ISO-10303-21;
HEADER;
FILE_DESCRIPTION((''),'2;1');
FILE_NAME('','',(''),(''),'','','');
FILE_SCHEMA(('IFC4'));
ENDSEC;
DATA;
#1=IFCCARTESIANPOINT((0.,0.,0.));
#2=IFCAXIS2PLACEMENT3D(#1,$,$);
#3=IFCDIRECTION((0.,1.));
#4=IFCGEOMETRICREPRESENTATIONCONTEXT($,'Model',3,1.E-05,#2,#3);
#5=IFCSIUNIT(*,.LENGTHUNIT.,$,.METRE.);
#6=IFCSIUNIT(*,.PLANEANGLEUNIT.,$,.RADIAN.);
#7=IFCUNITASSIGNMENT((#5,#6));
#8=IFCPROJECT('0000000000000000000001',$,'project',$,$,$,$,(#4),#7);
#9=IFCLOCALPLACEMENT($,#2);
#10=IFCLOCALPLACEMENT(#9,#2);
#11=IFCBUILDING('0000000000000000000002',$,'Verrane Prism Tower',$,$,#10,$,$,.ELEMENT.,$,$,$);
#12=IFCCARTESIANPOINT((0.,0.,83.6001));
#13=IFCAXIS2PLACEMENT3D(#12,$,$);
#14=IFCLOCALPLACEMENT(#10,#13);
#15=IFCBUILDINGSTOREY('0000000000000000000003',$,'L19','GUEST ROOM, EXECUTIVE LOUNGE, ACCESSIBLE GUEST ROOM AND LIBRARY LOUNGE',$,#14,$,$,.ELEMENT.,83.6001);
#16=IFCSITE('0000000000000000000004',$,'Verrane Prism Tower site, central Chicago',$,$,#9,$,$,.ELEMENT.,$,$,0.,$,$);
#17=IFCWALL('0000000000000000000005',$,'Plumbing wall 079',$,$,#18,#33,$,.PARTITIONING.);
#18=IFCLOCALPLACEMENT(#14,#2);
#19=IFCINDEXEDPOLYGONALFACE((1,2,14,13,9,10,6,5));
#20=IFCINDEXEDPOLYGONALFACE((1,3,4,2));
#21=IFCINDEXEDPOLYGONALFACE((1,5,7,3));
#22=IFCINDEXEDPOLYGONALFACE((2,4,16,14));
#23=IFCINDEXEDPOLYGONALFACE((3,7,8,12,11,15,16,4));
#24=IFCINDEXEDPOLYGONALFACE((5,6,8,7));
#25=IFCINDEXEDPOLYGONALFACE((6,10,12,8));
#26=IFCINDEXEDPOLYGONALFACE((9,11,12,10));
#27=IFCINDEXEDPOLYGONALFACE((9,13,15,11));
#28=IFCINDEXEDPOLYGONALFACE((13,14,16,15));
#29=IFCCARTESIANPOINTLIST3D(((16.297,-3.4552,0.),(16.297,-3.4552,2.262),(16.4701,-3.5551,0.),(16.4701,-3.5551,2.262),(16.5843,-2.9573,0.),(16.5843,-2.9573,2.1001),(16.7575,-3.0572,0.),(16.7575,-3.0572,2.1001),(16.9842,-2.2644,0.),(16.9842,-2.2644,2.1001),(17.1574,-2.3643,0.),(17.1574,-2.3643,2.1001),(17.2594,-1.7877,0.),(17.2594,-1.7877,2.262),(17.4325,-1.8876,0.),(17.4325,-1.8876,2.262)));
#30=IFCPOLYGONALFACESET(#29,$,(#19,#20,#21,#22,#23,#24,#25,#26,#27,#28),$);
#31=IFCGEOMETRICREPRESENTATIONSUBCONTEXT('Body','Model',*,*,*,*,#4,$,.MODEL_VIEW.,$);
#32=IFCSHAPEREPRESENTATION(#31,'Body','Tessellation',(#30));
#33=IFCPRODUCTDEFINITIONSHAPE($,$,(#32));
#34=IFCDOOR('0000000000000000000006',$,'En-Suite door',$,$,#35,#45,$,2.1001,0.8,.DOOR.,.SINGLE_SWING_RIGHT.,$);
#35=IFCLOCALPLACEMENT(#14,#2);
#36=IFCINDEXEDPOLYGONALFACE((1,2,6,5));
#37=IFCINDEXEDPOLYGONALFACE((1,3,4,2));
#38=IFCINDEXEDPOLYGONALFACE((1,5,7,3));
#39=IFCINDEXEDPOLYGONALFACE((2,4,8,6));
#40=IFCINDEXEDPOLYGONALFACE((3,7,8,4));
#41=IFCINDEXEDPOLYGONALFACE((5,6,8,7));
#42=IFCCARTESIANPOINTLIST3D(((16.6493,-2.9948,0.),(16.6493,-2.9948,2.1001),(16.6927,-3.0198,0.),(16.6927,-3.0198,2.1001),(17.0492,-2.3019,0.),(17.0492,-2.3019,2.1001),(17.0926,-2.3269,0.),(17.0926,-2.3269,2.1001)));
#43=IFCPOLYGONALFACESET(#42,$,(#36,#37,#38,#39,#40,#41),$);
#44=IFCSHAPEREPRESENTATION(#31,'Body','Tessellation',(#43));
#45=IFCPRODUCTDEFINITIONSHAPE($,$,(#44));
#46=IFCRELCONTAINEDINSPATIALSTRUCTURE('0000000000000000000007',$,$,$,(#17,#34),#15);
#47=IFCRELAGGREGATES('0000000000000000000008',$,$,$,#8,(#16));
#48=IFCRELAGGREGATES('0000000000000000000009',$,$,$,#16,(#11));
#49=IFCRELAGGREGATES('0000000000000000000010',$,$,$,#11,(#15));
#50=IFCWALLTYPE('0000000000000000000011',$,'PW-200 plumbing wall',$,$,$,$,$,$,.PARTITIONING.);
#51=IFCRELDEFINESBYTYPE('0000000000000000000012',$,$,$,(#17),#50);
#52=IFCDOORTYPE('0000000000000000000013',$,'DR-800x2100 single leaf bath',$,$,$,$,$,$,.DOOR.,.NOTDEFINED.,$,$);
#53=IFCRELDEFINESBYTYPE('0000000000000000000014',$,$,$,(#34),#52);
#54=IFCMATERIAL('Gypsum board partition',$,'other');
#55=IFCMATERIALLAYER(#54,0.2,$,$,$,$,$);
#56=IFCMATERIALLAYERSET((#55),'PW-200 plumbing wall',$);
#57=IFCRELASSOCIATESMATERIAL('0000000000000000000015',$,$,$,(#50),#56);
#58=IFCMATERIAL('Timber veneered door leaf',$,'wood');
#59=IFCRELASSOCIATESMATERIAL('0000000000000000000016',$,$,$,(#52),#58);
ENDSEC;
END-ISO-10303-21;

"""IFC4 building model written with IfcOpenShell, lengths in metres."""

from ifc_helpers import new_model, si_unit, direction, frame, frame_2d, origin, place, context, subcontext, project, spatial, rectangle, extrude, material, layer, layer_set, type_object, element, fill, save


model = new_model("IFC4")

# Units and contexts
model_context = context("Model", 3, precision=1e-05, world=origin(), true_north=direction((0.0, 1.0)))
body_context = subcontext(model_context, "Body", "Model", "MODEL_VIEW")
ifc_project = project(units=[si_unit("LENGTHUNIT", "METRE"), si_unit("PLANEANGLEUNIT", "RADIAN")], contexts=[model_context])

# Site, building, storey
site_placement = place(None, origin())
site = spatial("IfcSite", under=ifc_project, at=site_placement, Name="Verrane Prism Tower site, central Chicago", CompositionType="ELEMENT", RefElevation=0.0)
building_placement = place(site_placement, origin())
building = spatial("IfcBuilding", under=site, at=building_placement, Name="Verrane Prism Tower", CompositionType="ELEMENT")
storey_placement = place(building_placement, frame((0.0, 0.0, 83.6001)))
storey = spatial("IfcBuildingStorey", under=building, at=storey_placement, Name="L19", Description="GUEST ROOM, EXECUTIVE LOUNGE, ACCESSIBLE GUEST ROOM AND LIBRARY LOUNGE", CompositionType="ELEMENT", Elevation=83.6001)

# Shared definitions
ifc_material_1 = material(Name="Gypsum board partition", Category="other")
ifc_layer_1 = layer(ifc_material_1, 0.2)
ifc_layer_set_1 = layer_set([ifc_layer_1], Name="PW-200 plumbing wall")
wall_type_1 = type_object("IfcWallType", Name="PW-200 plumbing wall", PredefinedType="PARTITIONING", material=ifc_layer_set_1)
ifc_material_2 = material(Name="Timber veneered door leaf", Category="wood")
door_type = type_object("IfcDoorType", Name="DR-800x2100 single leaf bath", OperationType="NOTDEFINED", PredefinedType="DOOR", material=ifc_material_2)

# Wall, opening, door
wall_1_placement = place(storey_placement, frame((16.3835, -3.5051, 0.0), z_axis=(0.0, 0.0, 1.0), x_axis=(0.499876, 0.866097, 0.0)))
wall_1 = element("IfcWall", 1, at=wall_1_placement, inside=storey, type_object=wall_type_1, Name="Plumbing wall 079", PredefinedType="PARTITIONING", context=body_context, shape_type="SweptSolid", body=[
    extrude(rectangle(XDim=1.9253, YDim=0.2, at=frame_2d((0.9626, 0.0))), origin(), (0.0, 0.0, 1.0), 2.262),
])
opening_1_placement = place(wall_1_placement, frame((0.575, 0.0, 0.0)))
opening_1 = element("IfcOpeningElement", 2, at=opening_1_placement, cuts=wall_1, PredefinedType="OPENING", context=body_context, shape_type="SweptSolid", body=[
    extrude(rectangle(XDim=0.8, YDim=2.1001, at=frame_2d((0.3999, 1.05))), frame((0.0, 0.1099, 0.0), z_axis=(0.0, -1.0, 0.0), x_axis=(1.0, 0.0, 0.0)), (0.0, 0.0, 1.0), 0.22),
])
door_1_placement = place(opening_1_placement, origin())
door_1 = element("IfcDoor", 3, at=door_1_placement, inside=storey, type_object=door_type, Name="En-Suite door", OperationType="SINGLE_SWING_RIGHT", OverallHeight=2.1001, OverallWidth=0.8, PredefinedType="DOOR", context=body_context, shape_type="SweptSolid", body=[
    extrude(rectangle(XDim=0.8, YDim=2.1001, at=frame_2d((0.3999, 1.05))), frame((0.0, 0.0249, 0.0), z_axis=(0.0, -1.0, 0.0), x_axis=(1.0, 0.0, 0.0)), (0.0, 0.0, 1.0), 0.05),
])
fill(opening_1, door_1)

save(model, "model.ifc")
